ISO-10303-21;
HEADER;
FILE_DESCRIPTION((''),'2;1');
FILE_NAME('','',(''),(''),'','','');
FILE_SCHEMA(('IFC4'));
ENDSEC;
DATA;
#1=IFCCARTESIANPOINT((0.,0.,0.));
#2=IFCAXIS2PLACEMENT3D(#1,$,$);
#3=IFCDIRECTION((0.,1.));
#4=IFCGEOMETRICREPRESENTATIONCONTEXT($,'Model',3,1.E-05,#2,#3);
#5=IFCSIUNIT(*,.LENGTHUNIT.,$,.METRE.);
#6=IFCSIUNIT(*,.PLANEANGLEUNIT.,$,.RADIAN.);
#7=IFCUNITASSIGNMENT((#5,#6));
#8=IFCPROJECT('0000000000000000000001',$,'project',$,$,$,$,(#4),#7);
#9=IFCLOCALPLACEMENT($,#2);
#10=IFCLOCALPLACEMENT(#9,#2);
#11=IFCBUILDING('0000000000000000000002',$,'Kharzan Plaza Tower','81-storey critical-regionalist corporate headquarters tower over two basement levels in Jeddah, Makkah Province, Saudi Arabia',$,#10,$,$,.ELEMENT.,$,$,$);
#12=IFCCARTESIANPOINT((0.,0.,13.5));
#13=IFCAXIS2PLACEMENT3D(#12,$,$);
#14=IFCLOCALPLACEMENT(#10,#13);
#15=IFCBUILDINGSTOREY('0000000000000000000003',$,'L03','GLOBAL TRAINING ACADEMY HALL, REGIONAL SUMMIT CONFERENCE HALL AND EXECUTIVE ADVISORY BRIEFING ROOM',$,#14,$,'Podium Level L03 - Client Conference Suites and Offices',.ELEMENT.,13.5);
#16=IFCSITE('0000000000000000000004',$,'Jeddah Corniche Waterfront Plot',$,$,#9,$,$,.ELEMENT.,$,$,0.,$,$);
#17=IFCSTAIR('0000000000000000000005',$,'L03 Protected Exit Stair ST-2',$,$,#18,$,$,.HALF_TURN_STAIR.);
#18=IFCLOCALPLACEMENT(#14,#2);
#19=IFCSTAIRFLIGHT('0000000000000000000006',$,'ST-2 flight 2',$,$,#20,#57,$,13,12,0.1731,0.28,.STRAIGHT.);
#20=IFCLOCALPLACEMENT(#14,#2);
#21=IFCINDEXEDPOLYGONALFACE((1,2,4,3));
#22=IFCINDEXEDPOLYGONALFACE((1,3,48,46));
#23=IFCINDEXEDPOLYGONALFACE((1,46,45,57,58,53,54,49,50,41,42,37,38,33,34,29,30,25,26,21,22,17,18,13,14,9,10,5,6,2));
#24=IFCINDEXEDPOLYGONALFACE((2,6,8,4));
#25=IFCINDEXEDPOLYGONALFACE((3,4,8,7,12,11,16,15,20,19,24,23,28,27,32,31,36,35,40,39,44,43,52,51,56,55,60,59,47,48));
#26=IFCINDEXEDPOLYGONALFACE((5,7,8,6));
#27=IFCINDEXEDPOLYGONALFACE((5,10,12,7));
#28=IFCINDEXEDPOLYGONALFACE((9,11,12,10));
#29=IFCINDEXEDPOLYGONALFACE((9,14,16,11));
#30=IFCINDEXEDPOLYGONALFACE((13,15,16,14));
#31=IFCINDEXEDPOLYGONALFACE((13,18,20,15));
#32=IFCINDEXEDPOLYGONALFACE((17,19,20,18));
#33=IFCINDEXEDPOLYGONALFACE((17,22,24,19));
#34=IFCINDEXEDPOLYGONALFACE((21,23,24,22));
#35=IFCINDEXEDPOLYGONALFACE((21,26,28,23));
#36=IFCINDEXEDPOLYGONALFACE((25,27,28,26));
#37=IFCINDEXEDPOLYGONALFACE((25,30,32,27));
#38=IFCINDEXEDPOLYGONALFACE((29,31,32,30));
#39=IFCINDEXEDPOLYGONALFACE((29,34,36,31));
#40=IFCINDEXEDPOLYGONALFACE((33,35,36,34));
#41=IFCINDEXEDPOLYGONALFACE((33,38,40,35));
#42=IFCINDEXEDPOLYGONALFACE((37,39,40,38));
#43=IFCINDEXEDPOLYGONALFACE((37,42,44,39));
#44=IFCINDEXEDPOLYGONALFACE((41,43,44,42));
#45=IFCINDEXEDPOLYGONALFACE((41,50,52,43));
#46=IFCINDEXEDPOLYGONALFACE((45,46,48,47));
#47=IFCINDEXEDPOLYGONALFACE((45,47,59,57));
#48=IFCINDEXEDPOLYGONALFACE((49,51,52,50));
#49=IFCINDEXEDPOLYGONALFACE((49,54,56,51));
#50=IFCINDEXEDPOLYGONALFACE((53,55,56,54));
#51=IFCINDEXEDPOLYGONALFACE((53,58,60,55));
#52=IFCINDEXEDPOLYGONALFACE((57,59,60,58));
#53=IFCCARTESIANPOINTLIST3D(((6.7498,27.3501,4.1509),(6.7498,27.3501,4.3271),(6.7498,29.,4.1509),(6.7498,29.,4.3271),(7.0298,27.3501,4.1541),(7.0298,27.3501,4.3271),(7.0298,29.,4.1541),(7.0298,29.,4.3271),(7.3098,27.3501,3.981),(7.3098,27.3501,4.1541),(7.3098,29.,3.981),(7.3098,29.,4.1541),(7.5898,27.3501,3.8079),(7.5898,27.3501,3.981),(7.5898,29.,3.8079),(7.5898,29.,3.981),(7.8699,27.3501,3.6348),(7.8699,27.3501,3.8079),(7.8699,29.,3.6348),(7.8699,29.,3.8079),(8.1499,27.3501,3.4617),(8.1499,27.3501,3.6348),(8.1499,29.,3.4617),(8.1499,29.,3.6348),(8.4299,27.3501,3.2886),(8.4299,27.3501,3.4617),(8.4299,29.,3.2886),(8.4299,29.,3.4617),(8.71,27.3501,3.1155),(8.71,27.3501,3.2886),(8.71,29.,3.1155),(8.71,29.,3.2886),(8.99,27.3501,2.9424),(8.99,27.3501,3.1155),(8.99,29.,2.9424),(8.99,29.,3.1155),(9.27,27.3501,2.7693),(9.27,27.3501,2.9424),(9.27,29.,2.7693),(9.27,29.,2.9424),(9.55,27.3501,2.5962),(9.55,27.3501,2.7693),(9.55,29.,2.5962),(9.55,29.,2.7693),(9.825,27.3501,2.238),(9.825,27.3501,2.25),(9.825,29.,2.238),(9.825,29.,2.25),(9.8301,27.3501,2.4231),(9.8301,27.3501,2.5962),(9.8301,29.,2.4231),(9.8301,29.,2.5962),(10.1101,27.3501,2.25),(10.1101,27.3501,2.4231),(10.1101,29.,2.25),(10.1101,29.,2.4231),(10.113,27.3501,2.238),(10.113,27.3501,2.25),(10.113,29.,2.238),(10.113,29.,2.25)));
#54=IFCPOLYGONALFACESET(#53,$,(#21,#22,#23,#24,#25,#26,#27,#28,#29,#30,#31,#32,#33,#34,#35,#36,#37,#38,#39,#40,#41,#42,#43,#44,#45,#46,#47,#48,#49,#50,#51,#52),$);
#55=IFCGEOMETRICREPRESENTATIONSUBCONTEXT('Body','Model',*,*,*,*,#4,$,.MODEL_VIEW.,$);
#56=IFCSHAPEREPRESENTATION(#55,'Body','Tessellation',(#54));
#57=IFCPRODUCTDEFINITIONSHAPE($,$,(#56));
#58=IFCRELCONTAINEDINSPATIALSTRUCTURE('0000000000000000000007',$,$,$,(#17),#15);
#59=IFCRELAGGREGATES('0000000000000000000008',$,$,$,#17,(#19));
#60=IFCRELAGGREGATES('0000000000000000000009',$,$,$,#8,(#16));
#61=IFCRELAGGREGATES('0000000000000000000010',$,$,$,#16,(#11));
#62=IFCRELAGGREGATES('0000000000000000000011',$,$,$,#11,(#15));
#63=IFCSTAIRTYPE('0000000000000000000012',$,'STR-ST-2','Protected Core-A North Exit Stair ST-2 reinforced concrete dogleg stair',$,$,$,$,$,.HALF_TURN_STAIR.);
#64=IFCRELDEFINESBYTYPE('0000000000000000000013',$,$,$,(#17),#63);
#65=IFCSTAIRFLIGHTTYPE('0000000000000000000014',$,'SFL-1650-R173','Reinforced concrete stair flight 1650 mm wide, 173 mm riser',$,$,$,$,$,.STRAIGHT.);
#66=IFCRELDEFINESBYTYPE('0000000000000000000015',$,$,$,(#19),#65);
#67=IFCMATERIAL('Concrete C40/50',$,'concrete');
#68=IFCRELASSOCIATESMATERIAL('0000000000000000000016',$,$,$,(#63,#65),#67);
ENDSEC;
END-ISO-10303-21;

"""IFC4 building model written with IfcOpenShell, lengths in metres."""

from ifc_helpers import new_model, si_unit, direction, frame, origin, place, context, subcontext, project, spatial, polyline, outline, extrude, source, transform, mapped, material, type_object, element, aggregate, save


model = new_model("IFC4")

# Units and contexts
model_context = context("Model", 3, precision=1e-05, world=origin(), true_north=direction((0.0, 1.0)))
body_context = subcontext(model_context, "Body", "Model", "MODEL_VIEW")
ifc_project = project(units=[si_unit("LENGTHUNIT", "METRE"), si_unit("PLANEANGLEUNIT", "RADIAN")], contexts=[model_context])

# Site, building, storey
site_placement = place(None, origin())
site = spatial("IfcSite", under=ifc_project, at=site_placement, Name="Jeddah Corniche Waterfront Plot", CompositionType="ELEMENT", RefElevation=0.0)
building_placement = place(site_placement, origin())
building = spatial("IfcBuilding", under=site, at=building_placement, Name="Kharzan Plaza Tower", Description="81-storey critical-regionalist corporate headquarters tower over two basement levels in Jeddah, Makkah Province, Saudi Arabia", CompositionType="ELEMENT")
storey_placement = place(building_placement, frame((0.0, 0.0, 13.5)))
storey = spatial("IfcBuildingStorey", under=building, at=storey_placement, Name="L03", Description="GLOBAL TRAINING ACADEMY HALL, REGIONAL SUMMIT CONFERENCE HALL AND EXECUTIVE ADVISORY BRIEFING ROOM", LongName="Podium Level L03 - Client Conference Suites and Offices", CompositionType="ELEMENT", Elevation=13.5)

# Shared definitions
ifc_material_1 = material(Name="Concrete C40/50", Category="concrete")

# Stair, stair flight
stair_type = type_object("IfcStairType", Name="STR-ST-2", Description="Protected Core-A North Exit Stair ST-2 reinforced concrete dogleg stair", PredefinedType="HALF_TURN_STAIR", material=ifc_material_1)
stair_placement = place(storey_placement, origin())
stair = element("IfcStair", 1, at=stair_placement, inside=storey, type_object=stair_type, Name="L03 Protected Exit Stair ST-2", PredefinedType="HALF_TURN_STAIR")
stair_flight_type = type_object("IfcStairFlightType", Name="SFL-1650-R173", Description="Reinforced concrete stair flight 1650 mm wide, 173 mm riser", PredefinedType="STRAIGHT", material=ifc_material_1)
shared_shape_1 = source(origin(), body_context, "Body", "SweptSolid", [
    extrude(outline(polyline([(-0.0029, -0.012), (-0.0029, 0.0), (0.0, 0.0), (0.0, 0.1731), (0.28, 0.1731), (0.28, 0.3462), (0.5601, 0.3462), (0.5601, 0.5193), (0.8401, 0.5193), (0.8401, 0.6924), (1.1201, 0.6924), (1.1201, 0.8655), (1.4001, 0.8655), (1.4001, 1.0386), (1.6802, 1.0386), (1.6802, 1.2117), (1.9602, 1.2117), (1.9602, 1.3848), (2.2402, 1.3848), (2.2402, 1.5579), (2.5203, 1.5579), (2.5203, 1.731), (2.8003, 1.731), (2.8003, 1.9041), (3.0803, 1.9041), (3.0803, 2.0771), (3.3604, 2.0771), (3.3604, 2.2502), (3.3604, 1.9009), (0.2852, 0.0), (0.2852, -0.012), (-0.0029, -0.012)])), frame((0.0, 0.825, 0.0), z_axis=(0.0, -1.0, 0.0), x_axis=(1.0, 0.0, 0.0)), (0.0, 0.0, 1.0), 1.6499),
])
stair_flight_placement = place(storey_placement, frame((10.1101, 28.175, 2.25), z_axis=(0.0, 0.0, 1.0), x_axis=(-1.0, 0.0, 0.0)))
stair_flight = element("IfcStairFlight", 2, at=stair_flight_placement, type_object=stair_flight_type, Name="ST-2 flight 2", NumberOfRisers=13, NumberOfTreads=12, PredefinedType="STRAIGHT", RiserHeight=0.1731, TreadLength=0.28, context=body_context, shape_type="MappedRepresentation", body=[
    mapped(shared_shape_1, transform((0.0, 0.0, 0.0), x_axis=(1.0, 0.0, 0.0), y_axis=(0.0, 1.0, 0.0), z_axis=(0.0, 0.0, 1.0))),
])
aggregate(stair, [stair_flight])

save(model, "model.ifc")
